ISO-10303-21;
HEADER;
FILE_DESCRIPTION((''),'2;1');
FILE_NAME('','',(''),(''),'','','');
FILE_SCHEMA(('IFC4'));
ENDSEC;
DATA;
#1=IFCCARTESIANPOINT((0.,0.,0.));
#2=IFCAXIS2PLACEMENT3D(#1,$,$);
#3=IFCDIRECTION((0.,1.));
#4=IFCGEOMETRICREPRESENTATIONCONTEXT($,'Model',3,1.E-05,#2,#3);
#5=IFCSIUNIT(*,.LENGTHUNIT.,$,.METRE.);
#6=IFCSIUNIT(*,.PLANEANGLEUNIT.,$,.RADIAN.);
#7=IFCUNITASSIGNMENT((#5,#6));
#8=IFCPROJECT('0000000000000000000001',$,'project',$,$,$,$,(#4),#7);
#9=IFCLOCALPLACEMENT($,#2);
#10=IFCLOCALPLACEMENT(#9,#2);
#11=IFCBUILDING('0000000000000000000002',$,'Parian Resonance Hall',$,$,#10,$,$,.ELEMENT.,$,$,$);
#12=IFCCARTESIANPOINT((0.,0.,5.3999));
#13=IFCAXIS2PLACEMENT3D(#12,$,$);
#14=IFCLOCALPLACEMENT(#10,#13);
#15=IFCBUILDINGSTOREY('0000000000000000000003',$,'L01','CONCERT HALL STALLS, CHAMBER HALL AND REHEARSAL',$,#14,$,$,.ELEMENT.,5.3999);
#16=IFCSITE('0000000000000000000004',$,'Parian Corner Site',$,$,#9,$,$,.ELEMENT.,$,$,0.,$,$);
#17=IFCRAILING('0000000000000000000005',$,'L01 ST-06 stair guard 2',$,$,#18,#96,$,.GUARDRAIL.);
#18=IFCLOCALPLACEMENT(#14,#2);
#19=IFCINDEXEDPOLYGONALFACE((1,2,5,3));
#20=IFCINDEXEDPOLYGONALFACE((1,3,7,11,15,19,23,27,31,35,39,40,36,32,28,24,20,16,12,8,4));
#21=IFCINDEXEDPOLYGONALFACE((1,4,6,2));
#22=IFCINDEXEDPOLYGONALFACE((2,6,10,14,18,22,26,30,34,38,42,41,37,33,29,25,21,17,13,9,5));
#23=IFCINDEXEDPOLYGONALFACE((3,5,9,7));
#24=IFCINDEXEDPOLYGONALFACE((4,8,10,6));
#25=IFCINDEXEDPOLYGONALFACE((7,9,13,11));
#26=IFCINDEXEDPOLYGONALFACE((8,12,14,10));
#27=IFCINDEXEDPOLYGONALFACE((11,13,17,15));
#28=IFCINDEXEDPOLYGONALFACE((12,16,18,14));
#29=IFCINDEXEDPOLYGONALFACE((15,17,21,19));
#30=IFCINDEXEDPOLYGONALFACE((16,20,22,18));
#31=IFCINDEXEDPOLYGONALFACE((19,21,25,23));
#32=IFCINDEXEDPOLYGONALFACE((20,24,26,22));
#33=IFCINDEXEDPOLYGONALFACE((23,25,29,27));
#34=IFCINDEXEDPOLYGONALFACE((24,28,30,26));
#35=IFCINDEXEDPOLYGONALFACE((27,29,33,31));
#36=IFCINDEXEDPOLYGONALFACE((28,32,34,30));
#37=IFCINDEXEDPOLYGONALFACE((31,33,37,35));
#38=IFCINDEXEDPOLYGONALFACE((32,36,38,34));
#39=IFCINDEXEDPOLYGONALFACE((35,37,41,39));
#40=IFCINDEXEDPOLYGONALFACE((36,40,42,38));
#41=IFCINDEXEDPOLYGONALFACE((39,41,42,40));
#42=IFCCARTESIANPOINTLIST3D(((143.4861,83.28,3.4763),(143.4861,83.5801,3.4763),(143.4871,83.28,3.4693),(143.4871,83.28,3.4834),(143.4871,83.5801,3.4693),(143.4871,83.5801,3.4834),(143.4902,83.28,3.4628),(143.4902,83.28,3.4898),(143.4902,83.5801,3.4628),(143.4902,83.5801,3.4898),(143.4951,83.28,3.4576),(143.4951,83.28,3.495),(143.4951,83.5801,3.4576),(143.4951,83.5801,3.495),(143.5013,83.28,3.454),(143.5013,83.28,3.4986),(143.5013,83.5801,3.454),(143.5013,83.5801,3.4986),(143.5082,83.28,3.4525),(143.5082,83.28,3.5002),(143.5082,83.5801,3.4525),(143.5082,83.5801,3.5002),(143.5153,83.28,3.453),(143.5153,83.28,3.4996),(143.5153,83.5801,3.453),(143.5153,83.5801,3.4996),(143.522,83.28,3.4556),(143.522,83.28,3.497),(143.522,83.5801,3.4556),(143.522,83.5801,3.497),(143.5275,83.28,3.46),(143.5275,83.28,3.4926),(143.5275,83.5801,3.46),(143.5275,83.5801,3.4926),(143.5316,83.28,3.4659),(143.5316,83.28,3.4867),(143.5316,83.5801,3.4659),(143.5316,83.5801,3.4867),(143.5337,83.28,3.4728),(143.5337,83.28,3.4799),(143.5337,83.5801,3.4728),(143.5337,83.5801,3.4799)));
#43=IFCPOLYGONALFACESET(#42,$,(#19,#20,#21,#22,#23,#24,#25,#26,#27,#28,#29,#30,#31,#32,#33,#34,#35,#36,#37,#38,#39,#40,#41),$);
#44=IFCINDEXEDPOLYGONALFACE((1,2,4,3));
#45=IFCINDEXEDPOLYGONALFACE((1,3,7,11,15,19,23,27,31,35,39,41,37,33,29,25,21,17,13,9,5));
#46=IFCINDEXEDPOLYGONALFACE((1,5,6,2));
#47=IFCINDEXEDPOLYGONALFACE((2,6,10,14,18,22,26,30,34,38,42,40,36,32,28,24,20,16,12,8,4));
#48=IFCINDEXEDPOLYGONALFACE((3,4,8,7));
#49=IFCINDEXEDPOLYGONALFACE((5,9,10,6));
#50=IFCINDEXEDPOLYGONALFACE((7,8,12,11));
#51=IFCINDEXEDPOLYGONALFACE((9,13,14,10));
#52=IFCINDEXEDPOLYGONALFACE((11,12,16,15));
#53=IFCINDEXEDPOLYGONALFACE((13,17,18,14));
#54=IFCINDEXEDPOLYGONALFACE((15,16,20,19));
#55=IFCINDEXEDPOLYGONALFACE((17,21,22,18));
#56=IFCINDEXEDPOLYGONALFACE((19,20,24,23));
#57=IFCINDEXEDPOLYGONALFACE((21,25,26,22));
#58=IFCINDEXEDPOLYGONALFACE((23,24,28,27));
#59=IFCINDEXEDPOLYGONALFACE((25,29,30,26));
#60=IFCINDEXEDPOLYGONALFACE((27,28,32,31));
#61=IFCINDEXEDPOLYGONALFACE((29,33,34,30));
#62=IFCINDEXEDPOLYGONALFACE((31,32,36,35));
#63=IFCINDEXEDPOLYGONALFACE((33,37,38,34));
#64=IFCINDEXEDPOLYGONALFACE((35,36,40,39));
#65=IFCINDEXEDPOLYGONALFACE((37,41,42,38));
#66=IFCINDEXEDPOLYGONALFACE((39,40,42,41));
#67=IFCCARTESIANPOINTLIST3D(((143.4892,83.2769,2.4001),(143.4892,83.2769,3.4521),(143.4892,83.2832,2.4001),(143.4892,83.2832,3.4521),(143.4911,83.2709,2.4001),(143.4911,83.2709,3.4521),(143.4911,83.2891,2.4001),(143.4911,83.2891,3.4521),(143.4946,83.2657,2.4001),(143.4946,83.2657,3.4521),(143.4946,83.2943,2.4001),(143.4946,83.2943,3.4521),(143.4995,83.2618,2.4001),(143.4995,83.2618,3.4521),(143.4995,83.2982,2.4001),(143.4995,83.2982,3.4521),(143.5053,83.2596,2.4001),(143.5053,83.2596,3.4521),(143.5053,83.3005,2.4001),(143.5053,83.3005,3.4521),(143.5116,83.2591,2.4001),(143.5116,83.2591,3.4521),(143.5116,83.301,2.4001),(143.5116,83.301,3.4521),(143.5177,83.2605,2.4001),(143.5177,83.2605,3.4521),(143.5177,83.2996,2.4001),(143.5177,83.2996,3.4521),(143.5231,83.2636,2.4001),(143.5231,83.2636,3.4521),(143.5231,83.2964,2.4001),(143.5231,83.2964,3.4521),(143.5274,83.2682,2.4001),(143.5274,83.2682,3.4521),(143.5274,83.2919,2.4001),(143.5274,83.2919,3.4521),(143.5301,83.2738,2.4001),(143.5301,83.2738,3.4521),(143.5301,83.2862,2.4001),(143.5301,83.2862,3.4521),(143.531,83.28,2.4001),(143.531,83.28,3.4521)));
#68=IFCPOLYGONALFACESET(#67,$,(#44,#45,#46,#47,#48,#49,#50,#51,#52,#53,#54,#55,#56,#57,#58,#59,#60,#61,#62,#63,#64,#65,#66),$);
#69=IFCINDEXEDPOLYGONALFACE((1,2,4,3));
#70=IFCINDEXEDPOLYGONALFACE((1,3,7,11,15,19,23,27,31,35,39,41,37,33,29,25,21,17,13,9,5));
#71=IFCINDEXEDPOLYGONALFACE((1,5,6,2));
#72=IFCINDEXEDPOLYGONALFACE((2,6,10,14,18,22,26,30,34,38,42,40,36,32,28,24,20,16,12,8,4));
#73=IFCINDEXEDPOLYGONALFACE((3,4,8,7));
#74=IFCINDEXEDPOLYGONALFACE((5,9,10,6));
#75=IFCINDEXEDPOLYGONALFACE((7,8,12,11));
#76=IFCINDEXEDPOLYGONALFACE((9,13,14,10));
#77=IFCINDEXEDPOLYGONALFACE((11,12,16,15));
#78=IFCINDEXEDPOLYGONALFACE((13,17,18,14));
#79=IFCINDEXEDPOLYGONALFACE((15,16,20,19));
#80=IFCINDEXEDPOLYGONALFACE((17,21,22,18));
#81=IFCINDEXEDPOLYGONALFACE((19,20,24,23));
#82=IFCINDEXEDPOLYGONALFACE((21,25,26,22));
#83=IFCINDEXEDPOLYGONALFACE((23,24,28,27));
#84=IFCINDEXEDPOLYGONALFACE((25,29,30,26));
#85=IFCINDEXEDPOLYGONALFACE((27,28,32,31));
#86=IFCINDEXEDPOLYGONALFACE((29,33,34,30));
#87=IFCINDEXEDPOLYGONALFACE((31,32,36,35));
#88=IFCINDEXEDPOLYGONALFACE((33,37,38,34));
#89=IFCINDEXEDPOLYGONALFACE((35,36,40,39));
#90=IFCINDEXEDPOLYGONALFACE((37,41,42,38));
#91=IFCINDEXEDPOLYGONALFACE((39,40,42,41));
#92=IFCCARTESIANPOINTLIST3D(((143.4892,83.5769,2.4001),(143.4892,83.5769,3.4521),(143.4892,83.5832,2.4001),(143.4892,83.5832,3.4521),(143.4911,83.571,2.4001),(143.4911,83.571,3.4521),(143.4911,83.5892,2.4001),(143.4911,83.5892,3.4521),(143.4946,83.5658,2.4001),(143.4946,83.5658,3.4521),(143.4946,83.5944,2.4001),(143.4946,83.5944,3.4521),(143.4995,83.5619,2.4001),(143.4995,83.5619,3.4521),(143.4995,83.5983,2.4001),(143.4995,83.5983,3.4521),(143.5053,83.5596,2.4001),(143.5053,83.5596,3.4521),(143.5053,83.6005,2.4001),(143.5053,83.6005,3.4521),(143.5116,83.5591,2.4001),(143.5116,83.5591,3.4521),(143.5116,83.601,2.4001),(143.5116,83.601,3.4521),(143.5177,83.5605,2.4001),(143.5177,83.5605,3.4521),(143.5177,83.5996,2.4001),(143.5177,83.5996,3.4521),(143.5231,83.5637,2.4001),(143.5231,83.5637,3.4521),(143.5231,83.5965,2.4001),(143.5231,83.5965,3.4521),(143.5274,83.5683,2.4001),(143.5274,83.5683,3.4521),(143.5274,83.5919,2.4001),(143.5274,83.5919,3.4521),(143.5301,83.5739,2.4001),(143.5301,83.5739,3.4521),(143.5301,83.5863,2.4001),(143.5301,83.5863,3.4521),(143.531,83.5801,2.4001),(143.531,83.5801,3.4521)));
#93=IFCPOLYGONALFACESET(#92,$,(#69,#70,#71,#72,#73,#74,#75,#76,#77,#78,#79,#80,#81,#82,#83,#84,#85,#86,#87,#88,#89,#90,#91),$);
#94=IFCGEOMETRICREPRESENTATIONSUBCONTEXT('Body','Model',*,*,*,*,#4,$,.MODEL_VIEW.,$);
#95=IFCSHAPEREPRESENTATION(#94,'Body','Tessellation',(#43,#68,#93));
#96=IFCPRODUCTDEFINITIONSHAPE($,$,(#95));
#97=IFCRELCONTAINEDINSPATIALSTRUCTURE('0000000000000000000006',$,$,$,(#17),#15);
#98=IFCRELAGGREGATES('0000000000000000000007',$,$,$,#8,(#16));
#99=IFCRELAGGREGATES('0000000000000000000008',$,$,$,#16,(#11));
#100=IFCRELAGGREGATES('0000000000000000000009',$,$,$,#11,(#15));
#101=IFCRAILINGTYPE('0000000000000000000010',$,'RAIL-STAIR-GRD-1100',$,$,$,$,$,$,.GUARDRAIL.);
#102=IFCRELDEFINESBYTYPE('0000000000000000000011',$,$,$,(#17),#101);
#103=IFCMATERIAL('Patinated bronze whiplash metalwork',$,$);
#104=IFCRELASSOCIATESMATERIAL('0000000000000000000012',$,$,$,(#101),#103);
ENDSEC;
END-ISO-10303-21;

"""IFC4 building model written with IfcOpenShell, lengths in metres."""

from ifc_helpers import new_model, si_unit, direction, frame, origin, origin_2d, place, context, subcontext, project, spatial, circle, extrude, material, type_object, element, save


model = new_model("IFC4")

# Units and contexts
model_context = context("Model", 3, precision=1e-05, world=origin(), true_north=direction((0.0, 1.0)))
body_context = subcontext(model_context, "Body", "Model", "MODEL_VIEW")
ifc_project = project(units=[si_unit("LENGTHUNIT", "METRE"), si_unit("PLANEANGLEUNIT", "RADIAN")], contexts=[model_context])

# Site, building, storey
site_placement = place(None, origin())
site = spatial("IfcSite", under=ifc_project, at=site_placement, Name="Parian Corner Site", CompositionType="ELEMENT", RefElevation=0.0)
building_placement = place(site_placement, origin())
building = spatial("IfcBuilding", under=site, at=building_placement, Name="Parian Resonance Hall", CompositionType="ELEMENT")
storey_placement = place(building_placement, frame((0.0, 0.0, 5.3999)))
storey = spatial("IfcBuildingStorey", under=building, at=storey_placement, Name="L01", Description="CONCERT HALL STALLS, CHAMBER HALL AND REHEARSAL", CompositionType="ELEMENT", Elevation=5.3999)

# Railing
ifc_material_1 = material(Name="Patinated bronze whiplash metalwork")
railing_type_1 = type_object("IfcRailingType", Name="RAIL-STAIR-GRD-1100", PredefinedType="GUARDRAIL", material=ifc_material_1)
railing_1_placement = place(storey_placement, frame((143.51, 83.28, 2.4001)))
element("IfcRailing", 1, at=railing_1_placement, inside=storey, type_object=railing_type_1, Name="L01 ST-06 stair guard 2", PredefinedType="GUARDRAIL", context=body_context, shape_type="SweptSolid", body=[
    extrude(circle(Radius=0.0239, at=origin_2d()), frame((0.0, 0.0, 1.0762), z_axis=(0.0, 1.0, 0.0), x_axis=(-1.0, 0.0, 0.0)), (0.0, 0.0, 1.0), 0.3),
    extrude(circle(Radius=0.021, at=origin_2d()), origin(), (0.0, 0.0, 1.0), 1.052),
    extrude(circle(Radius=0.021, at=origin_2d()), frame((0.0, 0.3, 0.0)), (0.0, 0.0, 1.0), 1.052),
])

save(model, "model.ifc")
